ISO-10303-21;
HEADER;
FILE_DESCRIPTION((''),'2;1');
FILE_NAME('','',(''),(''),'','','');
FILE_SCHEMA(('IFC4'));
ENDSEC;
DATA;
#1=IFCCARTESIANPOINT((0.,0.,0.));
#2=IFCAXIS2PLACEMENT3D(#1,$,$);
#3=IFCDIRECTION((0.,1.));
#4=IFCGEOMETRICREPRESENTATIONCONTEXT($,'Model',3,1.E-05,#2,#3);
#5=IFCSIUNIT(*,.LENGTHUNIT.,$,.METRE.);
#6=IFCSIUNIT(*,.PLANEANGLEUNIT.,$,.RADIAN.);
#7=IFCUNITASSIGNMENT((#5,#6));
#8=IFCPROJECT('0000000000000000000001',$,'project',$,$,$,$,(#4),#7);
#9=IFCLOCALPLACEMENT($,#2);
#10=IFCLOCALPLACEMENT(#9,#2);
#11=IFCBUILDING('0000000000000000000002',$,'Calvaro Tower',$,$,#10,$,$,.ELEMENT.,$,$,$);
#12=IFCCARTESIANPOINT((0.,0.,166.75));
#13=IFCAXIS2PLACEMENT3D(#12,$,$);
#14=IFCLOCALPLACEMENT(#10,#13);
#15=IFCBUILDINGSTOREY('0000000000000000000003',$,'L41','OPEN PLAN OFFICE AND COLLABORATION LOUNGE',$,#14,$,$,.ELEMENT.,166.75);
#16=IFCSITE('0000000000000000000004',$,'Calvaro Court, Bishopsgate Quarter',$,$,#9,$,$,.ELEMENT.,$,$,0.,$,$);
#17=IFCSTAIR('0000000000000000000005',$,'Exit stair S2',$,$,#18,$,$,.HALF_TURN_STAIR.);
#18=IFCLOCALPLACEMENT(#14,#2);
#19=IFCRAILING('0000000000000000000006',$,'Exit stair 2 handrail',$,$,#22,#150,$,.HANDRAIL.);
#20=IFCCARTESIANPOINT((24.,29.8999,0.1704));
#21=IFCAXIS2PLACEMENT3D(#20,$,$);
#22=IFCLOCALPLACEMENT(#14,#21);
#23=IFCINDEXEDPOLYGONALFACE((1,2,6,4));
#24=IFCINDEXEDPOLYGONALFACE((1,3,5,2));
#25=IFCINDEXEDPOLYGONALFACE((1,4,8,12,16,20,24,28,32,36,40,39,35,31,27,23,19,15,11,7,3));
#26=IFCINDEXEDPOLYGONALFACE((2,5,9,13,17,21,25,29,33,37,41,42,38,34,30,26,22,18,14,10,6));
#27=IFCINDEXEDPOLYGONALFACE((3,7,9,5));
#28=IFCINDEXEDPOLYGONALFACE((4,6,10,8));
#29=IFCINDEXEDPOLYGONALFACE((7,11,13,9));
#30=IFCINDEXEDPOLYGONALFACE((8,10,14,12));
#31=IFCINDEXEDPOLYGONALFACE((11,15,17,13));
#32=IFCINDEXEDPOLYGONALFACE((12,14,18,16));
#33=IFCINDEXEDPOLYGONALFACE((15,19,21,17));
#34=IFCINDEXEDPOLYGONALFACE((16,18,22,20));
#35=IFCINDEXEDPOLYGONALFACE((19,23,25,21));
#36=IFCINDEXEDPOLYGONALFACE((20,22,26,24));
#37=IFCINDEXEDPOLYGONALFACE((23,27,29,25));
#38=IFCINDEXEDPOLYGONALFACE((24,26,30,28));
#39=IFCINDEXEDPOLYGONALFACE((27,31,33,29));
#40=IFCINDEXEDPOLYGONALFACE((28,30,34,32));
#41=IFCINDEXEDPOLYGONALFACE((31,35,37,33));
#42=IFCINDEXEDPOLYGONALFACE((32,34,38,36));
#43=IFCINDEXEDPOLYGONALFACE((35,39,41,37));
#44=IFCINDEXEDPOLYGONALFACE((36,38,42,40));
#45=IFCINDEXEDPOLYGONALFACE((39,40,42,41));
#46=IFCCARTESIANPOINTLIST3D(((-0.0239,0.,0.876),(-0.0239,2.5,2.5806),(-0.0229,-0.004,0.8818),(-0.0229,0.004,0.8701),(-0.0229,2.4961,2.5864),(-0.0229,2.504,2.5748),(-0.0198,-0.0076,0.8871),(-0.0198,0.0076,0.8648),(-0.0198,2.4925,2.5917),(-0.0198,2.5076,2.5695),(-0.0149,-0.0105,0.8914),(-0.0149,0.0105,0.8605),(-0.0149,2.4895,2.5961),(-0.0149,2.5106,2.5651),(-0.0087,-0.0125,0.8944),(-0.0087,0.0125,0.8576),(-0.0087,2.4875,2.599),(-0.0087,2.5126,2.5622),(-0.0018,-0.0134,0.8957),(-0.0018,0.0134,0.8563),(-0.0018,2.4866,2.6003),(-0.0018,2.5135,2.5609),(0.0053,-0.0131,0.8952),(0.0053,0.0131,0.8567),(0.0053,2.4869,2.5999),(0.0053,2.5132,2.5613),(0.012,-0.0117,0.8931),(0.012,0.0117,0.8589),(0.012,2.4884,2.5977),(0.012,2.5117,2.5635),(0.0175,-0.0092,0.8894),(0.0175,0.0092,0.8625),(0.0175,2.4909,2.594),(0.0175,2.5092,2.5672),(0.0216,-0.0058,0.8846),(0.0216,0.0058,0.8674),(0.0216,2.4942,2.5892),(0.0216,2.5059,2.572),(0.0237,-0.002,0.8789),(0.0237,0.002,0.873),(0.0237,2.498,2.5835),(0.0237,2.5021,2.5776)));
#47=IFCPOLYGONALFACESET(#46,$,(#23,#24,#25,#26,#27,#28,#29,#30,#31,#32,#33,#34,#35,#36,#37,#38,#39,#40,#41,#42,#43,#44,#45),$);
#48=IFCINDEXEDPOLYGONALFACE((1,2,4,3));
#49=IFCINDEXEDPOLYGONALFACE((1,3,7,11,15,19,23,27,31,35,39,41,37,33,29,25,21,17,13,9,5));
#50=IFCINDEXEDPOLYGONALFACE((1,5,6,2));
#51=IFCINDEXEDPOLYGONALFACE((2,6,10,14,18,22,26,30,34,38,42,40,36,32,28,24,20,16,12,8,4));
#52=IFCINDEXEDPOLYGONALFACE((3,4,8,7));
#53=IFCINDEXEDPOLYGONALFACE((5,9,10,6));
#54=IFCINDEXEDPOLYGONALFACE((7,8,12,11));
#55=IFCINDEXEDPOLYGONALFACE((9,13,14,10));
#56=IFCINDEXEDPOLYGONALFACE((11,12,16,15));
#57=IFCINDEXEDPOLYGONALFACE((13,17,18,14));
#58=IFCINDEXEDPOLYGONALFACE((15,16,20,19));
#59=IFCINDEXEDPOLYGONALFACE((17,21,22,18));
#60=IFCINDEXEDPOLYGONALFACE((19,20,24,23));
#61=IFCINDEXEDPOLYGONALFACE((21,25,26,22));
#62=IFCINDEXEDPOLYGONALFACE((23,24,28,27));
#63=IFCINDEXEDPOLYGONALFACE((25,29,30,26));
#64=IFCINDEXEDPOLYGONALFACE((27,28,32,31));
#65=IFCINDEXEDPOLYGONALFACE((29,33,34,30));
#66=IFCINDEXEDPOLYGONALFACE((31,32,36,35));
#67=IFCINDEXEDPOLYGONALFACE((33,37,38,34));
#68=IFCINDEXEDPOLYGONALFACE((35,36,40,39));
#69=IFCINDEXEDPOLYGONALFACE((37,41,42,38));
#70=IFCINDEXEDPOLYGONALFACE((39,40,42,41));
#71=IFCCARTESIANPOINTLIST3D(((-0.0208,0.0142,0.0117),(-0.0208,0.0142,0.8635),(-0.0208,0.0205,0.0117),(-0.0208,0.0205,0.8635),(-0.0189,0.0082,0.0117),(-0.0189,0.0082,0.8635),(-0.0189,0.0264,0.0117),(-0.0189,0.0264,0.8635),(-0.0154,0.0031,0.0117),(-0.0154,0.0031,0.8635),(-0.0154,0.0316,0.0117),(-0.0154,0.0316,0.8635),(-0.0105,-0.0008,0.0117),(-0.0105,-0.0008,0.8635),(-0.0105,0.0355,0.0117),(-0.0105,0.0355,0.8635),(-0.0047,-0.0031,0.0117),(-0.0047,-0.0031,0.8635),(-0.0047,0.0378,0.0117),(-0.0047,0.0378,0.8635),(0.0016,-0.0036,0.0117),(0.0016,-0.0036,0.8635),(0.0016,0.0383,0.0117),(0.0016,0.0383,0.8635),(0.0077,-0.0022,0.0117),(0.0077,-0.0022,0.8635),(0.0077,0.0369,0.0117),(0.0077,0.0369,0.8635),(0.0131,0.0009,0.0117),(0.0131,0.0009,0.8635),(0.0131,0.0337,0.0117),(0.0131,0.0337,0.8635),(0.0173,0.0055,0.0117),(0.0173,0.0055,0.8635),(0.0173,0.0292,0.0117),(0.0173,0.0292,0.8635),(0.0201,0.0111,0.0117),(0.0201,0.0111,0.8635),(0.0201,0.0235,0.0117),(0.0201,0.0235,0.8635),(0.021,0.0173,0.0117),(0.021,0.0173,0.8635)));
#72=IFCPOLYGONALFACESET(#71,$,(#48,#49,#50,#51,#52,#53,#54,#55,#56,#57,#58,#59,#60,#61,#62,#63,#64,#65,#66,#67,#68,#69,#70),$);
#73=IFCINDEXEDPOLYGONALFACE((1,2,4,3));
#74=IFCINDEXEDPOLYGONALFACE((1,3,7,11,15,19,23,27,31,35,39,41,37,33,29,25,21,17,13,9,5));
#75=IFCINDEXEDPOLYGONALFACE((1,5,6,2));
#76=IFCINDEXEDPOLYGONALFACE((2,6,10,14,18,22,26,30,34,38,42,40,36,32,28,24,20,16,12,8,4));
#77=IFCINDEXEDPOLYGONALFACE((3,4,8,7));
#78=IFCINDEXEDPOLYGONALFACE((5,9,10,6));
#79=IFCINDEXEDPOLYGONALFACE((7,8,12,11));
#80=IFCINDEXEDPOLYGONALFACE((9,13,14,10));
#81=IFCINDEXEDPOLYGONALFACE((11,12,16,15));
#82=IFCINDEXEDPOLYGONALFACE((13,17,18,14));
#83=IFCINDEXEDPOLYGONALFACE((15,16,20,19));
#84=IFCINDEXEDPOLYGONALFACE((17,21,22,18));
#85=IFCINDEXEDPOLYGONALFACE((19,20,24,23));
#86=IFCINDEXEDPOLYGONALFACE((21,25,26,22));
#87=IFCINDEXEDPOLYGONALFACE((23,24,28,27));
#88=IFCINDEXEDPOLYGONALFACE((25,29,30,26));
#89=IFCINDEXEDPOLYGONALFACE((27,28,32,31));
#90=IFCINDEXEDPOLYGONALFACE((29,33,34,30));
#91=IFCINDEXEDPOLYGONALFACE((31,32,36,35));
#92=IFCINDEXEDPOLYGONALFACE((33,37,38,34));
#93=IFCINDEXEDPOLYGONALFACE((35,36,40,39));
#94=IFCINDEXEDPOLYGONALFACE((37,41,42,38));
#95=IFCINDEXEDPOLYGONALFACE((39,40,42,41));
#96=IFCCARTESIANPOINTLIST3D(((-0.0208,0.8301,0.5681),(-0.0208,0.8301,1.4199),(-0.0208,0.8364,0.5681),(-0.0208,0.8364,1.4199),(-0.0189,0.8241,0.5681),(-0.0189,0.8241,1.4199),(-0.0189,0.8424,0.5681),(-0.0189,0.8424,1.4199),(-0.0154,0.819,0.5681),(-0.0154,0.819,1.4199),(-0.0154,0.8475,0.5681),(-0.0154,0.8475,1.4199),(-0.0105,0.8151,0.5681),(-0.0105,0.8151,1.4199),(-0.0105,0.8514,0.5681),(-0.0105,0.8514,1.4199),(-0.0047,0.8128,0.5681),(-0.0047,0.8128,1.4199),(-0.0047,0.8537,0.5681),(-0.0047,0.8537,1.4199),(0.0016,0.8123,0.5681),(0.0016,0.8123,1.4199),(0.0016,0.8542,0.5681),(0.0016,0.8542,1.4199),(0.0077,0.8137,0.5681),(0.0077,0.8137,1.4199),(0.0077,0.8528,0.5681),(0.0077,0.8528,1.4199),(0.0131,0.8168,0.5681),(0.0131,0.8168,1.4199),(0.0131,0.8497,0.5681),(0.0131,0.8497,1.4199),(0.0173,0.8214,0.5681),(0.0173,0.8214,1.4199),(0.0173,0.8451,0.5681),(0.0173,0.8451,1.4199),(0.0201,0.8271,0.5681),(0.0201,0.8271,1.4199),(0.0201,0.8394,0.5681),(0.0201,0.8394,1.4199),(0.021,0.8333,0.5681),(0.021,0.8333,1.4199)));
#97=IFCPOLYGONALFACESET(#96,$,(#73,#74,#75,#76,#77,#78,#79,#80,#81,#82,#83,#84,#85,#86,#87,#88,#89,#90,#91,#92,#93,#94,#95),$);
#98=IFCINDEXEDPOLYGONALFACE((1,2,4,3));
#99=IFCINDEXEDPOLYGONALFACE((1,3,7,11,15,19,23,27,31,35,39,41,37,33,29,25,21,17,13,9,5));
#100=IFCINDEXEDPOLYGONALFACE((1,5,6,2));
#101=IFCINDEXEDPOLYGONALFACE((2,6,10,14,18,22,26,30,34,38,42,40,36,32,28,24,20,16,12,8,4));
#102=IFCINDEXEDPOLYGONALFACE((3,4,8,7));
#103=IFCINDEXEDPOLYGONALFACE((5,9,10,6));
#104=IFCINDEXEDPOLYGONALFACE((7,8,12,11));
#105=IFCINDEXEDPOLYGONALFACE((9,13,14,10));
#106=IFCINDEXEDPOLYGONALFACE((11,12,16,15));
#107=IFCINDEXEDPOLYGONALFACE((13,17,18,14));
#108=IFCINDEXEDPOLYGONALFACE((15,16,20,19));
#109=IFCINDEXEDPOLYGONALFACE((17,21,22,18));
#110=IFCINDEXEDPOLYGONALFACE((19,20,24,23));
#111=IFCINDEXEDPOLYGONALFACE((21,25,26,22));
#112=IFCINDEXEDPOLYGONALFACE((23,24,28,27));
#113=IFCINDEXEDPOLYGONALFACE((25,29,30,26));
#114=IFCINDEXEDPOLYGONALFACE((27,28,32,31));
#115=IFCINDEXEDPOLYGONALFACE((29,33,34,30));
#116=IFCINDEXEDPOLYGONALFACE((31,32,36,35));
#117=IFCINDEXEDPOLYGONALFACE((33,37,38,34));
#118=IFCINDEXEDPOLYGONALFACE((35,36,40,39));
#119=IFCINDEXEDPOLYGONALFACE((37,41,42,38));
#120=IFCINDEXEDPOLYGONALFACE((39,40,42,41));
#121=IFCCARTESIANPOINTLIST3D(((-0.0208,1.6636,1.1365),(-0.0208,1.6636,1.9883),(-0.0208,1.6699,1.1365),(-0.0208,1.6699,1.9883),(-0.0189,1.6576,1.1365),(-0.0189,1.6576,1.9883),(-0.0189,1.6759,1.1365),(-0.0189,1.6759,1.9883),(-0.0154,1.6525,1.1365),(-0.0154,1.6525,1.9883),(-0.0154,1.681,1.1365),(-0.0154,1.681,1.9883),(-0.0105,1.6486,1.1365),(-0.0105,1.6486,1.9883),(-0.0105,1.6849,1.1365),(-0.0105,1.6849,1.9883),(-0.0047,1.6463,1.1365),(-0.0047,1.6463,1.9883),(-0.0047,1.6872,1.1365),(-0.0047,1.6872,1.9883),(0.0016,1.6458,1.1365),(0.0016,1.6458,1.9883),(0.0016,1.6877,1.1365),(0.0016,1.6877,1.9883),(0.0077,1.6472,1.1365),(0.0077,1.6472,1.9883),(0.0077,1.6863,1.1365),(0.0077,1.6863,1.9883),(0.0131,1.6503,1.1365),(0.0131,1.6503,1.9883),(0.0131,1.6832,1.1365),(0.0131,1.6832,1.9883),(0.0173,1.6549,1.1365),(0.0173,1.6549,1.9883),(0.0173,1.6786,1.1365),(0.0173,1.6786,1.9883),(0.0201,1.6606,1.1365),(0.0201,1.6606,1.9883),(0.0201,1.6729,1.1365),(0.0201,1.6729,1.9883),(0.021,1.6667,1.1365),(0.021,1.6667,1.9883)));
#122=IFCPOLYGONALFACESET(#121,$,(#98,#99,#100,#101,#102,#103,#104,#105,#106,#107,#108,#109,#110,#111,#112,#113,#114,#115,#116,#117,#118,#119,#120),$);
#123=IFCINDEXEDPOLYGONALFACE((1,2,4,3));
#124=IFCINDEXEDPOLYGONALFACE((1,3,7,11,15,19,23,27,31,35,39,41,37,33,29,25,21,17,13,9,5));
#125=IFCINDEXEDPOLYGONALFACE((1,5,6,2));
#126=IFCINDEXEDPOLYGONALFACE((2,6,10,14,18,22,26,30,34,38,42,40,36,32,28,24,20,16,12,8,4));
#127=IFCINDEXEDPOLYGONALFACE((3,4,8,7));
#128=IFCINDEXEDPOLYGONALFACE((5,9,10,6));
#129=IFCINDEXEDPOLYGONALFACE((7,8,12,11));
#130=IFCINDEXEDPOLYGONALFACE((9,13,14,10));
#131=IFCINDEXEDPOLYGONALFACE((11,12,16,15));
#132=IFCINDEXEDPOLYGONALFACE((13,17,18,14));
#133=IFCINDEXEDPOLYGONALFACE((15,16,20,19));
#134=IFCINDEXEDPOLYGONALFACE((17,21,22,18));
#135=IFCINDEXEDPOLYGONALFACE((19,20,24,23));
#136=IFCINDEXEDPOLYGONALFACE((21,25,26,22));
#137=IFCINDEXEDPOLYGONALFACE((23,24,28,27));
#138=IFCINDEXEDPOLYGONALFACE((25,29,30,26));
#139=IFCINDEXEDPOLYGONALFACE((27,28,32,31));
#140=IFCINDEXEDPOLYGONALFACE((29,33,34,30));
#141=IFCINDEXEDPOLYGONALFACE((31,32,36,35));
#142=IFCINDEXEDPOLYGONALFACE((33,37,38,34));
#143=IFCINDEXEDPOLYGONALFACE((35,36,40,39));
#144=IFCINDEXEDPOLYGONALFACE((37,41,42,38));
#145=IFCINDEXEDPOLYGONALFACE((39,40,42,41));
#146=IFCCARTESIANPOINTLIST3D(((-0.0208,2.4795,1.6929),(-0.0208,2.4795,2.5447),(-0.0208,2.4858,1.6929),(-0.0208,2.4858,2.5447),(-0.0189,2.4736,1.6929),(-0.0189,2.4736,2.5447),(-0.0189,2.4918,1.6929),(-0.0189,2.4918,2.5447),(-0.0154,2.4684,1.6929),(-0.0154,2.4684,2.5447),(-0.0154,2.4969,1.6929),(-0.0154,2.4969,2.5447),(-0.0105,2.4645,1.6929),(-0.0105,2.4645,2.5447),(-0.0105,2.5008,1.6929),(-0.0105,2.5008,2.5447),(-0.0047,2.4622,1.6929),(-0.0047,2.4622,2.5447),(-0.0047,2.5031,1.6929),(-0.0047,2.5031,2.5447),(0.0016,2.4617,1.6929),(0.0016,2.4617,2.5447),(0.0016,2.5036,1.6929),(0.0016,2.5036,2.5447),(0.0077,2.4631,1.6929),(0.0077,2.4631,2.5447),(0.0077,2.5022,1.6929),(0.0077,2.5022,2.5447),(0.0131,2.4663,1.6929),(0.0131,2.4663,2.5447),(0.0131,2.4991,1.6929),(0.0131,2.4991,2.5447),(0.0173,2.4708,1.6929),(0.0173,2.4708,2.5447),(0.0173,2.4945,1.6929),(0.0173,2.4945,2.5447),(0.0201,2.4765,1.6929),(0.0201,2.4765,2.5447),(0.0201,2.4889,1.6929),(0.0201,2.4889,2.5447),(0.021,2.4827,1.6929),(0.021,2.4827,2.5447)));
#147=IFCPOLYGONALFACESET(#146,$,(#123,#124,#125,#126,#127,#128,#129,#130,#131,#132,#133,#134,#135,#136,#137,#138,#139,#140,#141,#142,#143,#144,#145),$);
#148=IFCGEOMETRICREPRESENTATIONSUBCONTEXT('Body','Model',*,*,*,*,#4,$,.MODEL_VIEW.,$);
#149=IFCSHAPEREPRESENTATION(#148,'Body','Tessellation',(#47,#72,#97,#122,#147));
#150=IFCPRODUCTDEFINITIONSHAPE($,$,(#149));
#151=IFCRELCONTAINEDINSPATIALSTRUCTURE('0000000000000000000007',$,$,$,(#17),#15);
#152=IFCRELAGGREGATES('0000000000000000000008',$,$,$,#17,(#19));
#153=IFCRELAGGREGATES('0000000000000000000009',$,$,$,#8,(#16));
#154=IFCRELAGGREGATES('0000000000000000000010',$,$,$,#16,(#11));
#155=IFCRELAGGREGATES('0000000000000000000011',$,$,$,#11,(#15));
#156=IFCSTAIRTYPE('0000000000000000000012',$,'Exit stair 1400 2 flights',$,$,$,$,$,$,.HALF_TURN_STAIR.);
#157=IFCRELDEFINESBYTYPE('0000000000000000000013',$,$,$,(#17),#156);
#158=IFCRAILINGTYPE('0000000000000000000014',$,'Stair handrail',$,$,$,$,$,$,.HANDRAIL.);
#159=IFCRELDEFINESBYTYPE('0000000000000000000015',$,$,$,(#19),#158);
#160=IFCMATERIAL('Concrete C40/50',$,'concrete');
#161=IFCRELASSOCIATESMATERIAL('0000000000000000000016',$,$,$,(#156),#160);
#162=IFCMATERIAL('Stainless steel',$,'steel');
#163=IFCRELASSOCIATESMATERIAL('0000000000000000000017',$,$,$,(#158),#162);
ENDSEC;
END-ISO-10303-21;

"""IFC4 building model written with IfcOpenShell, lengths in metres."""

from ifc_helpers import new_model, si_unit, direction, frame, origin, origin_2d, place, context, subcontext, project, spatial, circle, extrude, material, type_object, element, aggregate, save


model = new_model("IFC4")

# Units and contexts
model_context = context("Model", 3, precision=1e-05, world=origin(), true_north=direction((0.0, 1.0)))
body_context = subcontext(model_context, "Body", "Model", "MODEL_VIEW")
ifc_project = project(units=[si_unit("LENGTHUNIT", "METRE"), si_unit("PLANEANGLEUNIT", "RADIAN")], contexts=[model_context])

# Site, building, storey
site_placement = place(None, origin())
site = spatial("IfcSite", under=ifc_project, at=site_placement, Name="Calvaro Court, Bishopsgate Quarter", CompositionType="ELEMENT", RefElevation=0.0)
building_placement = place(site_placement, origin())
building = spatial("IfcBuilding", under=site, at=building_placement, Name="Calvaro Tower", CompositionType="ELEMENT")
storey_placement = place(building_placement, frame((0.0, 0.0, 166.75)))
storey = spatial("IfcBuildingStorey", under=building, at=storey_placement, Name="L41", Description="OPEN PLAN OFFICE AND COLLABORATION LOUNGE", CompositionType="ELEMENT", Elevation=166.75)

# Stair, railing
ifc_material_1 = material(Name="Concrete C40/50", Category="concrete")
stair_type = type_object("IfcStairType", Name="Exit stair 1400 2 flights", PredefinedType="HALF_TURN_STAIR", material=ifc_material_1)
stair_placement = place(storey_placement, origin())
stair = element("IfcStair", 1, at=stair_placement, inside=storey, type_object=stair_type, Name="Exit stair S2", PredefinedType="HALF_TURN_STAIR")
ifc_material_2 = material(Name="Stainless steel", Category="steel")
railing_type = type_object("IfcRailingType", Name="Stair handrail", PredefinedType="HANDRAIL", material=ifc_material_2)
railing_1_placement = place(storey_placement, frame((24.0, 29.8999, 0.1704)))
railing_1 = element("IfcRailing", 2, at=railing_1_placement, type_object=railing_type, Name="Exit stair 2 handrail", PredefinedType="HANDRAIL", context=body_context, shape_type="SweptSolid", body=[
    extrude(circle(Radius=0.0239, at=origin_2d()), frame((0.0, 0.0, 0.876), z_axis=(0.0, 0.826221, 0.563347), x_axis=(-1.0, 0.0, 0.0)), (0.0, 0.0, 1.0), 3.0259),
    extrude(circle(Radius=0.021, at=origin_2d()), frame((0.0, 0.0173, 0.0117)), (0.0, 0.0, 1.0), 0.8518),
    extrude(circle(Radius=0.021, at=origin_2d()), frame((0.0, 0.8333, 0.5681)), (0.0, 0.0, 1.0), 0.8518),
    extrude(circle(Radius=0.021, at=origin_2d()), frame((0.0, 1.6667, 1.1365)), (0.0, 0.0, 1.0), 0.8518),
    extrude(circle(Radius=0.021, at=origin_2d()), frame((0.0, 2.4827, 1.6929)), (0.0, 0.0, 1.0), 0.8518),
])
aggregate(stair, [railing_1])

save(model, "model.ifc")
